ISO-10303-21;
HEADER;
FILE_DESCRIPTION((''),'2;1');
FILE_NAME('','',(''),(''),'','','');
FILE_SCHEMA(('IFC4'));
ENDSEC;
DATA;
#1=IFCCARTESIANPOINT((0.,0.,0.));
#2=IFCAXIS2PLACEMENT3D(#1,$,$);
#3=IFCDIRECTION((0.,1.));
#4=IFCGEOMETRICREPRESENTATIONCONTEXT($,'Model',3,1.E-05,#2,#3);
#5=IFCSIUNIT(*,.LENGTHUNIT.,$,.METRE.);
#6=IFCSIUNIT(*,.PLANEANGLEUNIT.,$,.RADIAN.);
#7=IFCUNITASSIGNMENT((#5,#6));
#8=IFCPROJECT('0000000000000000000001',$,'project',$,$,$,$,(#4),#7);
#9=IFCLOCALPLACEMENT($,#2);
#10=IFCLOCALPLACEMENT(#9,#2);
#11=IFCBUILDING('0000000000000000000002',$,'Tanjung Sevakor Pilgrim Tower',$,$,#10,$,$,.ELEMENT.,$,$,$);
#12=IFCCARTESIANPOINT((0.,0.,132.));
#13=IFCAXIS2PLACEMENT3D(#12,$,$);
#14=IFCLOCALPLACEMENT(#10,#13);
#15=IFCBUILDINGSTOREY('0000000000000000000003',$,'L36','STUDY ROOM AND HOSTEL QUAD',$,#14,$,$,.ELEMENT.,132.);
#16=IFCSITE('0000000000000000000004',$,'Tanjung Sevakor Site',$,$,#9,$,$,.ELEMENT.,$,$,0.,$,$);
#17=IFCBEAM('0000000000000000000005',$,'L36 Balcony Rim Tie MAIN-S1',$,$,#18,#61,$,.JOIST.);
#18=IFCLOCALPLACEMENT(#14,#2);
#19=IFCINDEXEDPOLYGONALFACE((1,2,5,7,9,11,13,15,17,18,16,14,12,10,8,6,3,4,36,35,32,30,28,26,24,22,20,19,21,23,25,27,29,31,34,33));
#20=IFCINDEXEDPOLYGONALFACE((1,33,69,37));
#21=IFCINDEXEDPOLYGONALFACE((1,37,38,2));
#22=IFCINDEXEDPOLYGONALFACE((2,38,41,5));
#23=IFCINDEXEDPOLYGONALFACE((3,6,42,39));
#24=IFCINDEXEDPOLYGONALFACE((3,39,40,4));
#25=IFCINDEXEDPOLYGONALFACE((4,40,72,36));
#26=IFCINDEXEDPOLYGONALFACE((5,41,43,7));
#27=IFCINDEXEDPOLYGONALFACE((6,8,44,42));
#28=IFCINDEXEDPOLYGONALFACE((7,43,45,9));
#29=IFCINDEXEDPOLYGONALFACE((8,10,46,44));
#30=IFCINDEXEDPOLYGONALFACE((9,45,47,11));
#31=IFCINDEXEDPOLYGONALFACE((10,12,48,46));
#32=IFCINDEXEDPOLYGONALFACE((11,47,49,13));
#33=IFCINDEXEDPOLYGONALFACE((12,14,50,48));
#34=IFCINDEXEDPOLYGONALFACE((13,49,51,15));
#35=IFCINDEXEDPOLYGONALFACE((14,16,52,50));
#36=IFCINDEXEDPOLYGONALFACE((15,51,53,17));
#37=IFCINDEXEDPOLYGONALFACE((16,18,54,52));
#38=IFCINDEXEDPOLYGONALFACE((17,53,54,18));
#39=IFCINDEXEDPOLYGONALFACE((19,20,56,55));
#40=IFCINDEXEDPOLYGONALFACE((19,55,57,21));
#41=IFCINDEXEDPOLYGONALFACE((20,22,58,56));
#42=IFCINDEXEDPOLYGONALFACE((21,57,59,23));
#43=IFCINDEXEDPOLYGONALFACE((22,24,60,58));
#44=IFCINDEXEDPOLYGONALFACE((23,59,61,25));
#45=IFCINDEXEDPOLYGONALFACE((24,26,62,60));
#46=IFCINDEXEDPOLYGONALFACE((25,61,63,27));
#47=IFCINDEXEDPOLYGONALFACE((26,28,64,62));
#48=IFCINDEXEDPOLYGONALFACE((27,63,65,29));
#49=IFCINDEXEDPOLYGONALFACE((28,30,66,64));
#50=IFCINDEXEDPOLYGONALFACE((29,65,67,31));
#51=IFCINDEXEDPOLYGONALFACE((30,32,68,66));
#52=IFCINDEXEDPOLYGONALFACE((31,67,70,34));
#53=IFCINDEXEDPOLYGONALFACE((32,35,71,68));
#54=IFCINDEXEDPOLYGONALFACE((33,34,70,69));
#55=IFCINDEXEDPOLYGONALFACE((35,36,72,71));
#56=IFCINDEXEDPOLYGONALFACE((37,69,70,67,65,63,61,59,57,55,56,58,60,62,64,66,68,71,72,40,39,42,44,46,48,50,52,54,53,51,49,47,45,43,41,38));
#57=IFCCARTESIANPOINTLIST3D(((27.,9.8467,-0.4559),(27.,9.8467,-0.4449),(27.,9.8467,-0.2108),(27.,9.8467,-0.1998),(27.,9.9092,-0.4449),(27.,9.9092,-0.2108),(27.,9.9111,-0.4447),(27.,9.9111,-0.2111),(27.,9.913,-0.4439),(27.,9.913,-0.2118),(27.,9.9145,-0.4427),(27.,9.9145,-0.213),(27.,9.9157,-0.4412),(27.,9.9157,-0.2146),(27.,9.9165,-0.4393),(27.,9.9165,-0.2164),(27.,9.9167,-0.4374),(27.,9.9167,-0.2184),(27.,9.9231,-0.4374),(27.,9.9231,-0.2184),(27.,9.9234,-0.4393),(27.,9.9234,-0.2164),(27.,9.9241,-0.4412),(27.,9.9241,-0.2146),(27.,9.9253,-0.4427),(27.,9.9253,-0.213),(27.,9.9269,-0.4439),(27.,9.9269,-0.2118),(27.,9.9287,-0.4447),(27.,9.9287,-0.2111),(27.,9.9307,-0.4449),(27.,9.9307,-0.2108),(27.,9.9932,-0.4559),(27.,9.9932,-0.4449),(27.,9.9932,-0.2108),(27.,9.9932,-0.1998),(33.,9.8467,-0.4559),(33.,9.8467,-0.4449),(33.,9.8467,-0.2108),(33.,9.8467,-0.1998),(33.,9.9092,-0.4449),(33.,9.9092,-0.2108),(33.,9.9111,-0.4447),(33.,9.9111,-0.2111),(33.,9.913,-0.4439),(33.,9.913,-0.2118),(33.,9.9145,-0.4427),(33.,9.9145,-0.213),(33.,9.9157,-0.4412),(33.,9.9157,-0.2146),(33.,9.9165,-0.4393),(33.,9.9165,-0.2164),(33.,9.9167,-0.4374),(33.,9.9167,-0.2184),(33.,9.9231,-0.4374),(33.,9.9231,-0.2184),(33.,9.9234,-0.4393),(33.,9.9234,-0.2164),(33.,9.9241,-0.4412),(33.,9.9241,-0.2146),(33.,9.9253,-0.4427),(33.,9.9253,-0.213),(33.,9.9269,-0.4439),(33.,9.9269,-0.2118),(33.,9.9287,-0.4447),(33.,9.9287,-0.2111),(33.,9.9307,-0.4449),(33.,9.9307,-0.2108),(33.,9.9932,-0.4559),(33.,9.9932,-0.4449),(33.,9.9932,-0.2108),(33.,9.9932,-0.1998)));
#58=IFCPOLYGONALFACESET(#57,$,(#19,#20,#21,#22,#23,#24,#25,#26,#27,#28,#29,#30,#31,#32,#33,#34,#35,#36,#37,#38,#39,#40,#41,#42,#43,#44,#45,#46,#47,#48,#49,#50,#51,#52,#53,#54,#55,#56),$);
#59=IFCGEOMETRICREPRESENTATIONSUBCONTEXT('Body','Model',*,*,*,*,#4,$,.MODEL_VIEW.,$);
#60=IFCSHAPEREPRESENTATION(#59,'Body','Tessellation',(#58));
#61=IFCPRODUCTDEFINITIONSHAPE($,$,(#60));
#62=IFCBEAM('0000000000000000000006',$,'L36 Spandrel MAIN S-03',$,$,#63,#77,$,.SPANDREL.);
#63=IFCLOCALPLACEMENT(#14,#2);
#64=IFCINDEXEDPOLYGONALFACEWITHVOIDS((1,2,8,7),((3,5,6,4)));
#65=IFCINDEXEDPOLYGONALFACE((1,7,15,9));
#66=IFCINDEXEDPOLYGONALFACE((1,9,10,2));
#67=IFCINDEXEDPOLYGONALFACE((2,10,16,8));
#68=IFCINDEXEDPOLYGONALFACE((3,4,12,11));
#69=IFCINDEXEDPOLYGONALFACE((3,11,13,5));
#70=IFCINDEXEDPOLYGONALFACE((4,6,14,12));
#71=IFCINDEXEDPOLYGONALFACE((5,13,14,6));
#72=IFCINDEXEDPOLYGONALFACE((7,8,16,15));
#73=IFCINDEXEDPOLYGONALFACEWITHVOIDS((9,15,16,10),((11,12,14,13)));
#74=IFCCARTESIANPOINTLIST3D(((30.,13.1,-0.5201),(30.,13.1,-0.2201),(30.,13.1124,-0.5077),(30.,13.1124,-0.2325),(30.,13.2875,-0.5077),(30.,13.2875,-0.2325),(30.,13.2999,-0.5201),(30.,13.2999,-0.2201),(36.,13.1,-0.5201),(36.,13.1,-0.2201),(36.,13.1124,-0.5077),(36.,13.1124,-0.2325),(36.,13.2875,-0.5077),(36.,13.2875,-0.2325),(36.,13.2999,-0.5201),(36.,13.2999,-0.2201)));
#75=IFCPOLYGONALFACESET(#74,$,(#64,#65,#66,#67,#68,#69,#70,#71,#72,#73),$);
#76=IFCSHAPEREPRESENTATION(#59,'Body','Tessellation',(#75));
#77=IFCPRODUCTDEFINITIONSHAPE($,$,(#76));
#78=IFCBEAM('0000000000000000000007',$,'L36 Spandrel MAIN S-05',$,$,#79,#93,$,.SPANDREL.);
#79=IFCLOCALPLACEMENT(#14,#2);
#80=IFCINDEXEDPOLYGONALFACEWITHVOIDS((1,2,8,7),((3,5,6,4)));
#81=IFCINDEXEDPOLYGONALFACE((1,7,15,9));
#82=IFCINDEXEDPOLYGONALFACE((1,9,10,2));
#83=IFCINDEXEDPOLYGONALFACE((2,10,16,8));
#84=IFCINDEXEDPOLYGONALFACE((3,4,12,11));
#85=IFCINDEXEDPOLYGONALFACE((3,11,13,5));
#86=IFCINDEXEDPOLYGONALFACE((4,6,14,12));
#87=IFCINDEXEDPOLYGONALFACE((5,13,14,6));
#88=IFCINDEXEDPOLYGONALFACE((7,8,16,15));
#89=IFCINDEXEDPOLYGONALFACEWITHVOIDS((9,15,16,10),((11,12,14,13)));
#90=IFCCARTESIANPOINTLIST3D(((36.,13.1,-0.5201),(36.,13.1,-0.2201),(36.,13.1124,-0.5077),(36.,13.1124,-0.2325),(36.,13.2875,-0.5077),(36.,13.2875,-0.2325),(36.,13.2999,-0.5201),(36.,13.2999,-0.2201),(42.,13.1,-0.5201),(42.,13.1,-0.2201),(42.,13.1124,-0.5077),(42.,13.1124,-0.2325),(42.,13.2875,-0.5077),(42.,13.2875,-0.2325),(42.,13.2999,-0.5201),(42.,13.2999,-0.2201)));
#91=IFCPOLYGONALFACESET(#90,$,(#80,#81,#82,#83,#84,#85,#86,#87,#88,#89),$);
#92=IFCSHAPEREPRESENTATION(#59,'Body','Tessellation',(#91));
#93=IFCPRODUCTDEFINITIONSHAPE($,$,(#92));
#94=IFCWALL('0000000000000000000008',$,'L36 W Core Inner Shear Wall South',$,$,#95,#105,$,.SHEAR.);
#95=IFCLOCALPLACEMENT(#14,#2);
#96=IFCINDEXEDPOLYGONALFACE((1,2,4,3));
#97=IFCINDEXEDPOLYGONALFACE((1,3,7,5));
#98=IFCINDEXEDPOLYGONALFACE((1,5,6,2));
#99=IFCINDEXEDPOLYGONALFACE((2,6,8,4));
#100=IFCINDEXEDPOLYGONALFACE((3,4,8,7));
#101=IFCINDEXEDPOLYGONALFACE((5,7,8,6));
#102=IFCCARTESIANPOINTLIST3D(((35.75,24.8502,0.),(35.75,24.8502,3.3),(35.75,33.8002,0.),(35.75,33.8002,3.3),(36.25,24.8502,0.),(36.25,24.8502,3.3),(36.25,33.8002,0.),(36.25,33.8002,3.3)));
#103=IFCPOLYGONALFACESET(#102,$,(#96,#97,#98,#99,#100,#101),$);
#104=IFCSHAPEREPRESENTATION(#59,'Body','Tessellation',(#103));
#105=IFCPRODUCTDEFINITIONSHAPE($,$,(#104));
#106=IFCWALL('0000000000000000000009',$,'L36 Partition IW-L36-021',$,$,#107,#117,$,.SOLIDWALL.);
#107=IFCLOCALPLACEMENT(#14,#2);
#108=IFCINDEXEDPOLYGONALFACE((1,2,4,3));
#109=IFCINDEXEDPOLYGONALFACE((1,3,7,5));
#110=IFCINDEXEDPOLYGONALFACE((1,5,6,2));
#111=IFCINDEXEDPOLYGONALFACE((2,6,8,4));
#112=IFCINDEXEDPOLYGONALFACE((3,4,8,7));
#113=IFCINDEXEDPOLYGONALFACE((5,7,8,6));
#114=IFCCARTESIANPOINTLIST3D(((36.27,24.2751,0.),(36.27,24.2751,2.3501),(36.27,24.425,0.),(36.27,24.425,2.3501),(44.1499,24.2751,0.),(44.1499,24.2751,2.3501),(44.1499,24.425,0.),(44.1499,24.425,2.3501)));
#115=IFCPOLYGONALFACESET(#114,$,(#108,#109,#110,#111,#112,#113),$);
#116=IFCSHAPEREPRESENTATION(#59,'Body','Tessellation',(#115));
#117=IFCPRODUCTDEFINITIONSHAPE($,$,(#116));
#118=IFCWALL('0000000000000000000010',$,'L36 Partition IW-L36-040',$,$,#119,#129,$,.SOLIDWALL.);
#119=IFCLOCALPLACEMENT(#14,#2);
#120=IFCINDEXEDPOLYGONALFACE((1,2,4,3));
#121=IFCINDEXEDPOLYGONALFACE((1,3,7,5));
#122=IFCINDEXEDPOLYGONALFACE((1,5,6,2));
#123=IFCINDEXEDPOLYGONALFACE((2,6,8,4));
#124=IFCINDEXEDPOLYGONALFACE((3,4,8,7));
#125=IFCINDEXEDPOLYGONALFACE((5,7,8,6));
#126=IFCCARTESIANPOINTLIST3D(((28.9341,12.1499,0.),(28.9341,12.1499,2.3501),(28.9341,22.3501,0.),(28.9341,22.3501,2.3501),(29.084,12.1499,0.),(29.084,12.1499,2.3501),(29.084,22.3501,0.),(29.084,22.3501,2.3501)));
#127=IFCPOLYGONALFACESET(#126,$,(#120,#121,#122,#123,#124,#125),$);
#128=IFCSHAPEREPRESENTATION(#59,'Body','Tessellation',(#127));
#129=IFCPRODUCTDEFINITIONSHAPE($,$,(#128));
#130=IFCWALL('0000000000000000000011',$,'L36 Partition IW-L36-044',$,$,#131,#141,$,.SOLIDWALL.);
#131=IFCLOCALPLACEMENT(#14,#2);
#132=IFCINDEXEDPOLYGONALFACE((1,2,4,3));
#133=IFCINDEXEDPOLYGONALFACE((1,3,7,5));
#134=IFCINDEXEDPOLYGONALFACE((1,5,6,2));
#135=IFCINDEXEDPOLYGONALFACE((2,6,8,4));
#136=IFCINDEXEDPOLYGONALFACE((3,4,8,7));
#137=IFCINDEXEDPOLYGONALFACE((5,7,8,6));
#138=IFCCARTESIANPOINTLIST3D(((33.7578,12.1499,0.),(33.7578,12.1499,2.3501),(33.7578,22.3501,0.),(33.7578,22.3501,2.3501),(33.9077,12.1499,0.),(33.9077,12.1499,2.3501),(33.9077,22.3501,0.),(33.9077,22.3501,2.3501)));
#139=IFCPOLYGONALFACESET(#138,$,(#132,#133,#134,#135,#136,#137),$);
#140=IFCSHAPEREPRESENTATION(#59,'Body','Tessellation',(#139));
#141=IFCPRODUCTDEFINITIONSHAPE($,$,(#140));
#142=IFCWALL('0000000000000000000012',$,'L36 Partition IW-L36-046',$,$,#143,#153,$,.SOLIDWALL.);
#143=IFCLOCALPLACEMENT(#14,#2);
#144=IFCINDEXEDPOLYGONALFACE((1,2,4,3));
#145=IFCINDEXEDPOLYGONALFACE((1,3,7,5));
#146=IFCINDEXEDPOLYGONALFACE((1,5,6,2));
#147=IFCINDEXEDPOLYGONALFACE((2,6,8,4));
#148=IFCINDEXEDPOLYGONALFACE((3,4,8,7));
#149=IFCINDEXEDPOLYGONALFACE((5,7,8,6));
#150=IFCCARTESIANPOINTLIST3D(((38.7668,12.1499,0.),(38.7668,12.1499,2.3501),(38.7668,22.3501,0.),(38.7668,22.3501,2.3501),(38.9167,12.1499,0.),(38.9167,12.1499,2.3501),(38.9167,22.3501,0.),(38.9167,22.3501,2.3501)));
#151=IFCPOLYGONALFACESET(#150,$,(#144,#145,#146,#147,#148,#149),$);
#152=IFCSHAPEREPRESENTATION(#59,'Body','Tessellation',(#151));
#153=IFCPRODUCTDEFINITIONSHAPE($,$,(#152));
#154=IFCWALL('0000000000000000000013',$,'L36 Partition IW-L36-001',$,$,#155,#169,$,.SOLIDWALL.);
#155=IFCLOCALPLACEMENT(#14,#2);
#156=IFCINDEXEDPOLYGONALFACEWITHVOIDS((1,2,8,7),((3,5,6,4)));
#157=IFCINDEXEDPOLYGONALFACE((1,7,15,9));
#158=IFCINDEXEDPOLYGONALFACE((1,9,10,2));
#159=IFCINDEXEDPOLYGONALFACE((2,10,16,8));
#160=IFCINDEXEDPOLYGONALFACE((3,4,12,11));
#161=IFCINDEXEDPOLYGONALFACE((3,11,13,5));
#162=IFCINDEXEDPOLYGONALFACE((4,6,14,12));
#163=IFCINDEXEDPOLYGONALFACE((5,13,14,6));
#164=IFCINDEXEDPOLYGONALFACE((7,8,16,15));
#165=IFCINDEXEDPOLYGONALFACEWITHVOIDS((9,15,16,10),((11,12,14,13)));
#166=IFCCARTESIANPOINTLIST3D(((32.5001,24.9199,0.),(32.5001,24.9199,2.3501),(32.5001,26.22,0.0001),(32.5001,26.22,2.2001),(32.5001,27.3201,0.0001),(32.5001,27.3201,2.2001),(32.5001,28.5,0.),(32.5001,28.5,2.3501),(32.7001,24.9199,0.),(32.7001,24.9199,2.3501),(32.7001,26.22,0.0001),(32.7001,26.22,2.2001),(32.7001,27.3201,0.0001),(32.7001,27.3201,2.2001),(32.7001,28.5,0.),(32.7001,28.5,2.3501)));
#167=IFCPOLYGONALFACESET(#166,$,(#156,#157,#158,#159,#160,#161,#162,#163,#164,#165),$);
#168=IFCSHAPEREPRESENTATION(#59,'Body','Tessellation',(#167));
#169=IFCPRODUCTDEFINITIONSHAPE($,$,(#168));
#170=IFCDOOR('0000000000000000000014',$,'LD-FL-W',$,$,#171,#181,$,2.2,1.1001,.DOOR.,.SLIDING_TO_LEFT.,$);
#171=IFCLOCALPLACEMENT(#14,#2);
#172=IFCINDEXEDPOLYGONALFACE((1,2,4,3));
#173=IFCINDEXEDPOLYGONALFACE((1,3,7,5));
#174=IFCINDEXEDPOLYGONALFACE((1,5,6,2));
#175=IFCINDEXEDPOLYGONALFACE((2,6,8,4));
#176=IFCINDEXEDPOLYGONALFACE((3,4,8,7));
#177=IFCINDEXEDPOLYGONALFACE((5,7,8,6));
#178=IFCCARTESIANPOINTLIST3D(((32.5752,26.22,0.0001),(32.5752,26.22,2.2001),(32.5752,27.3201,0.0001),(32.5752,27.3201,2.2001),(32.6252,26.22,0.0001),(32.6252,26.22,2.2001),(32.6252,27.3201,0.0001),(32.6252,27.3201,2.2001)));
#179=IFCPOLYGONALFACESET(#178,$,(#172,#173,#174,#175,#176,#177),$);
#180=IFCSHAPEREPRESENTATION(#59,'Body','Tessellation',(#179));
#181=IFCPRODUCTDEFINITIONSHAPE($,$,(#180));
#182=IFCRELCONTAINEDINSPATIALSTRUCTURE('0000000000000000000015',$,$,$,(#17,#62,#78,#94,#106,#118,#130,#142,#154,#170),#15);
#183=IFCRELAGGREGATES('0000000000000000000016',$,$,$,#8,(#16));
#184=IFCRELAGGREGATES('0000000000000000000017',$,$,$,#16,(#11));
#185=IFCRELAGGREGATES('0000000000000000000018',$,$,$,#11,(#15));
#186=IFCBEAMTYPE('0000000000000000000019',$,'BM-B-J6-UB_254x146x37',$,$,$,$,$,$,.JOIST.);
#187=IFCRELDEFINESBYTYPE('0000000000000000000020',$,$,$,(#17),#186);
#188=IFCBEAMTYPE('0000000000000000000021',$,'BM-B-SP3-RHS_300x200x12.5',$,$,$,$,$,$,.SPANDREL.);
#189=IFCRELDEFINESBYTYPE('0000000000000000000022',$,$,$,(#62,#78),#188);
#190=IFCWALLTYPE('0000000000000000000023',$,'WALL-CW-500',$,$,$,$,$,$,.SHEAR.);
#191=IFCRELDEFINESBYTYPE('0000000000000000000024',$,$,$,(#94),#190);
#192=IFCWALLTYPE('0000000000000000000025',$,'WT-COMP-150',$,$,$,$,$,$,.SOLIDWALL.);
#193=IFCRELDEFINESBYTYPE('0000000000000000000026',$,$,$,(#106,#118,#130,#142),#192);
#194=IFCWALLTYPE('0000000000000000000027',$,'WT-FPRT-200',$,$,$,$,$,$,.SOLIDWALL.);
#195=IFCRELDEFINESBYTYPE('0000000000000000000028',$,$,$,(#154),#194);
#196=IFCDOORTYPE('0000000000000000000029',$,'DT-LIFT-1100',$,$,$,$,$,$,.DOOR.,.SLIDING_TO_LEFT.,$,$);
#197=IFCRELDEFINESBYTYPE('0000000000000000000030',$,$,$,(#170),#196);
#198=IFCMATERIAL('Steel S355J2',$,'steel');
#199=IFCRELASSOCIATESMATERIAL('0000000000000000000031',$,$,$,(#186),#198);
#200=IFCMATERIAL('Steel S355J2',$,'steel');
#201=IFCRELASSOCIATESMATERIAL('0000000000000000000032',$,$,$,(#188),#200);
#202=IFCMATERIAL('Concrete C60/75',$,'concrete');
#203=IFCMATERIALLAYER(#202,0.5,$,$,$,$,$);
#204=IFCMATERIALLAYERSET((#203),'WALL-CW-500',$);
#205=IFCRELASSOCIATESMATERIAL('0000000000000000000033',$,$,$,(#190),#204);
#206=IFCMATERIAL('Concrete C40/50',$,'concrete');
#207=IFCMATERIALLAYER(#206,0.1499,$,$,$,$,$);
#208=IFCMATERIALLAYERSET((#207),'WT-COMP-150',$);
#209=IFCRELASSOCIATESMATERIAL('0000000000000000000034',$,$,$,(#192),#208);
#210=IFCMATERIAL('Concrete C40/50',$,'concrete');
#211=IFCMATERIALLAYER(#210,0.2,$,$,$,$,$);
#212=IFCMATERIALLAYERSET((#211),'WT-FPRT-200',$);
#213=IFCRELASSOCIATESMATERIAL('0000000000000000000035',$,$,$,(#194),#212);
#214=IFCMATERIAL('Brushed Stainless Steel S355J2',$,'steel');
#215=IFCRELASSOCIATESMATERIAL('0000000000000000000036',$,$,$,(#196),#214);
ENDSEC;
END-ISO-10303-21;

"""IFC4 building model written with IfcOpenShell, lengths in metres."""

from ifc_helpers import new_model, si_unit, direction, frame, frame_2d, origin, origin_2d, place, context, subcontext, project, spatial, rectangle, hollow_rectangle, i_section, extrude, material, layer, layer_set, material_profile, profile_set, type_object, element, fill, save


model = new_model("IFC4")

# Units and contexts
model_context = context("Model", 3, precision=1e-05, world=origin(), true_north=direction((0.0, 1.0)))
body_context = subcontext(model_context, "Body", "Model", "MODEL_VIEW")
ifc_project = project(units=[si_unit("LENGTHUNIT", "METRE"), si_unit("PLANEANGLEUNIT", "RADIAN")], contexts=[model_context])

# Site, building, storey
site_placement = place(None, origin())
site = spatial("IfcSite", under=ifc_project, at=site_placement, Name="Tanjung Sevakor Site", CompositionType="ELEMENT", RefElevation=0.0)
building_placement = place(site_placement, origin())
building = spatial("IfcBuilding", under=site, at=building_placement, Name="Tanjung Sevakor Pilgrim Tower", CompositionType="ELEMENT")
storey_placement = place(building_placement, frame((0.0, 0.0, 132.0)))
storey = spatial("IfcBuildingStorey", under=building, at=storey_placement, Name="L36", Description="STUDY ROOM AND HOSTEL QUAD", CompositionType="ELEMENT", Elevation=132.0)

# Beams
ifc_material_1 = material(Name="Steel S355J2", Category="steel")
ifc_material_profile_1 = material_profile(ifc_material_1, i_section(OverallWidth=0.1465, OverallDepth=0.2561, WebThickness=0.0063, FlangeThickness=0.011, FilletRadius=0.0076, at=origin_2d()))
ifc_profile_set_1 = profile_set([ifc_material_profile_1], Name="Steel S355J2")
beam_type_1 = type_object("IfcBeamType", Name="BM-B-J6-UB_254x146x37", PredefinedType="JOIST", material=ifc_profile_set_1)
beam_1_placement = place(storey_placement, frame((27.0, 9.9199, -0.3279), z_axis=(1.0, 0.0, 0.0), x_axis=(0.0, 1.0, 0.0)))
element("IfcBeam", 1, at=beam_1_placement, inside=storey, type_object=beam_type_1, Name="L36 Balcony Rim Tie MAIN-S1", PredefinedType="JOIST", context=body_context, shape_type="SweptSolid", body=[
    extrude(i_section(OverallWidth=0.1465, OverallDepth=0.2561, WebThickness=0.0063, FlangeThickness=0.011, FilletRadius=0.0076, at=origin_2d()), origin(), (0.0, 0.0, 1.0), 6.0),
])
ifc_material_2 = material(Name="Steel S355J2", Category="steel")
ifc_material_profile_2 = material_profile(ifc_material_2, hollow_rectangle(XDim=0.2, YDim=0.3, WallThickness=0.0125, at=origin_2d()))
ifc_profile_set_2 = profile_set([ifc_material_profile_2], Name="Steel S355J2")
beam_type_2 = type_object("IfcBeamType", Name="BM-B-SP3-RHS_300x200x12.5", PredefinedType="SPANDREL", material=ifc_profile_set_2)
for number, where, z_axis, x_axis, name in (
    (2, (30.0, 13.2, -0.3701), (1.0, 0.0, 0.0), (0.0, 1.0, 0.0), "L36 Spandrel MAIN S-03"),
    (3, (36.0, 13.2, -0.3701), (1.0, 0.0, 0.0), (0.0, 1.0, 0.0), "L36 Spandrel MAIN S-05"),
):
    element("IfcBeam", number, at=place(storey_placement, frame(where, z_axis=z_axis, x_axis=x_axis)), inside=storey, type_object=beam_type_2, Name=name, PredefinedType="SPANDREL", context=body_context, shape_type="SweptSolid", body=[
        extrude(hollow_rectangle(XDim=0.2, YDim=0.3, WallThickness=0.0125, at=origin_2d()), origin(), (0.0, 0.0, 1.0), 6.0),
    ])

# Wall
ifc_material_3 = material(Name="Concrete C60/75", Category="concrete")
ifc_layer_1 = layer(ifc_material_3, 0.5)
ifc_layer_set_1 = layer_set([ifc_layer_1], Name="WALL-CW-500")
wall_type_1 = type_object("IfcWallType", Name="WALL-CW-500", PredefinedType="SHEAR", material=ifc_layer_set_1)
wall_1_placement = place(storey_placement, frame((36.0, 24.8501, 0.0), z_axis=(0.0, 0.0, 1.0), x_axis=(0.0, 1.0, 0.0)))
element("IfcWall", 4, at=wall_1_placement, inside=storey, type_object=wall_type_1, Name="L36 W Core Inner Shear Wall South", PredefinedType="SHEAR", context=body_context, shape_type="SweptSolid", body=[
    extrude(rectangle(XDim=8.95, YDim=0.5, at=frame_2d((4.4751, 0.0))), origin(), (0.0, 0.0, 1.0), 3.3),
])

# Walls
ifc_material_4 = material(Name="Concrete C40/50", Category="concrete")
ifc_layer_2 = layer(ifc_material_4, 0.1499)
ifc_layer_set_2 = layer_set([ifc_layer_2], Name="WT-COMP-150")
wall_type_2 = type_object("IfcWallType", Name="WT-COMP-150", PredefinedType="SOLIDWALL", material=ifc_layer_set_2)
wall_2_placement = place(storey_placement, frame((36.27, 24.3501, 0.0), z_axis=(0.0, 0.0, 1.0), x_axis=(1.0, 0.0, 0.0)))
element("IfcWall", 5, at=wall_2_placement, inside=storey, type_object=wall_type_2, Name="L36 Partition IW-L36-021", PredefinedType="SOLIDWALL", context=body_context, shape_type="SweptSolid", body=[
    extrude(rectangle(XDim=7.8799, YDim=0.1499, at=frame_2d((3.9399, 0.0))), origin(), (0.0, 0.0, 1.0), 2.3501),
])
for number, where, z_axis, x_axis, name in (
    (6, (29.009, 12.1499, 0.0), (0.0, 0.0, 1.0), (0.0, 1.0, 0.0), "L36 Partition IW-L36-040"),
    (7, (33.8328, 12.1499, 0.0), (0.0, 0.0, 1.0), (0.0, 1.0, 0.0), "L36 Partition IW-L36-044"),
):
    element("IfcWall", number, at=place(storey_placement, frame(where, z_axis=z_axis, x_axis=x_axis)), inside=storey, type_object=wall_type_2, Name=name, PredefinedType="SOLIDWALL", context=body_context, shape_type="SweptSolid", body=[
        extrude(rectangle(XDim=10.2002, YDim=0.1499, at=frame_2d((5.1001, 0.0))), origin(), (0.0, 0.0, 1.0), 2.3501),
    ])

# Wall
wall_3_placement = place(storey_placement, frame((38.8418, 12.1499, 0.0), z_axis=(0.0, 0.0, 1.0), x_axis=(0.0, 1.0, 0.0)))
element("IfcWall", 8, at=wall_3_placement, inside=storey, type_object=wall_type_2, Name="L36 Partition IW-L36-046", PredefinedType="SOLIDWALL", context=body_context, shape_type="SweptSolid", body=[
    extrude(rectangle(XDim=10.2002, YDim=0.1499, at=frame_2d((5.1001, 0.0))), origin(), (0.0, 0.0, 1.0), 2.3501),
])

# Wall, opening, door
ifc_material_5 = material(Name="Concrete C40/50", Category="concrete")
ifc_layer_3 = layer(ifc_material_5, 0.2)
ifc_layer_set_3 = layer_set([ifc_layer_3], Name="WT-FPRT-200")
wall_type_3 = type_object("IfcWallType", Name="WT-FPRT-200", PredefinedType="SOLIDWALL", material=ifc_layer_set_3)
wall_4_placement = place(storey_placement, frame((32.6001, 24.9199, 0.0), z_axis=(0.0, 0.0, 1.0), x_axis=(0.0, 1.0, 0.0)))
wall_4 = element("IfcWall", 9, at=wall_4_placement, inside=storey, type_object=wall_type_3, Name="L36 Partition IW-L36-001", PredefinedType="SOLIDWALL", context=body_context, shape_type="SweptSolid", body=[
    extrude(rectangle(XDim=3.5801, YDim=0.2, at=frame_2d((1.79, 0.0))), origin(), (0.0, 0.0, 1.0), 2.3501),
])
opening_1_placement = place(wall_4_placement, frame((1.3, 0.0, 0.0)))
opening_1 = element("IfcOpeningElement", 10, at=opening_1_placement, cuts=wall_4, PredefinedType="OPENING", context=body_context, shape_type="SweptSolid", body=[
    extrude(rectangle(XDim=1.1001, YDim=2.2, at=frame_2d((0.55, 1.1001))), frame((0.0, 0.1099, 0.0), z_axis=(0.0, -1.0, 0.0), x_axis=(1.0, 0.0, 0.0)), (0.0, 0.0, 1.0), 0.22),
])
ifc_material_6 = material(Name="Brushed Stainless Steel S355J2", Category="steel")
door_type_1 = type_object("IfcDoorType", Name="DT-LIFT-1100", OperationType="SLIDING_TO_LEFT", PredefinedType="DOOR", material=ifc_material_6)
door_1_placement = place(opening_1_placement, origin())
door_1 = element("IfcDoor", 11, at=door_1_placement, inside=storey, type_object=door_type_1, Name="LD-FL-W", OperationType="SLIDING_TO_LEFT", OverallHeight=2.2, OverallWidth=1.1001, PredefinedType="DOOR", context=body_context, shape_type="SweptSolid", body=[
    extrude(rectangle(XDim=1.1001, YDim=2.2, at=frame_2d((0.55, 1.1001))), frame((0.0, 0.0249, 0.0), z_axis=(0.0, -1.0, 0.0), x_axis=(1.0, 0.0, 0.0)), (0.0, 0.0, 1.0), 0.05),
])
fill(opening_1, door_1)

save(model, "model.ifc")
